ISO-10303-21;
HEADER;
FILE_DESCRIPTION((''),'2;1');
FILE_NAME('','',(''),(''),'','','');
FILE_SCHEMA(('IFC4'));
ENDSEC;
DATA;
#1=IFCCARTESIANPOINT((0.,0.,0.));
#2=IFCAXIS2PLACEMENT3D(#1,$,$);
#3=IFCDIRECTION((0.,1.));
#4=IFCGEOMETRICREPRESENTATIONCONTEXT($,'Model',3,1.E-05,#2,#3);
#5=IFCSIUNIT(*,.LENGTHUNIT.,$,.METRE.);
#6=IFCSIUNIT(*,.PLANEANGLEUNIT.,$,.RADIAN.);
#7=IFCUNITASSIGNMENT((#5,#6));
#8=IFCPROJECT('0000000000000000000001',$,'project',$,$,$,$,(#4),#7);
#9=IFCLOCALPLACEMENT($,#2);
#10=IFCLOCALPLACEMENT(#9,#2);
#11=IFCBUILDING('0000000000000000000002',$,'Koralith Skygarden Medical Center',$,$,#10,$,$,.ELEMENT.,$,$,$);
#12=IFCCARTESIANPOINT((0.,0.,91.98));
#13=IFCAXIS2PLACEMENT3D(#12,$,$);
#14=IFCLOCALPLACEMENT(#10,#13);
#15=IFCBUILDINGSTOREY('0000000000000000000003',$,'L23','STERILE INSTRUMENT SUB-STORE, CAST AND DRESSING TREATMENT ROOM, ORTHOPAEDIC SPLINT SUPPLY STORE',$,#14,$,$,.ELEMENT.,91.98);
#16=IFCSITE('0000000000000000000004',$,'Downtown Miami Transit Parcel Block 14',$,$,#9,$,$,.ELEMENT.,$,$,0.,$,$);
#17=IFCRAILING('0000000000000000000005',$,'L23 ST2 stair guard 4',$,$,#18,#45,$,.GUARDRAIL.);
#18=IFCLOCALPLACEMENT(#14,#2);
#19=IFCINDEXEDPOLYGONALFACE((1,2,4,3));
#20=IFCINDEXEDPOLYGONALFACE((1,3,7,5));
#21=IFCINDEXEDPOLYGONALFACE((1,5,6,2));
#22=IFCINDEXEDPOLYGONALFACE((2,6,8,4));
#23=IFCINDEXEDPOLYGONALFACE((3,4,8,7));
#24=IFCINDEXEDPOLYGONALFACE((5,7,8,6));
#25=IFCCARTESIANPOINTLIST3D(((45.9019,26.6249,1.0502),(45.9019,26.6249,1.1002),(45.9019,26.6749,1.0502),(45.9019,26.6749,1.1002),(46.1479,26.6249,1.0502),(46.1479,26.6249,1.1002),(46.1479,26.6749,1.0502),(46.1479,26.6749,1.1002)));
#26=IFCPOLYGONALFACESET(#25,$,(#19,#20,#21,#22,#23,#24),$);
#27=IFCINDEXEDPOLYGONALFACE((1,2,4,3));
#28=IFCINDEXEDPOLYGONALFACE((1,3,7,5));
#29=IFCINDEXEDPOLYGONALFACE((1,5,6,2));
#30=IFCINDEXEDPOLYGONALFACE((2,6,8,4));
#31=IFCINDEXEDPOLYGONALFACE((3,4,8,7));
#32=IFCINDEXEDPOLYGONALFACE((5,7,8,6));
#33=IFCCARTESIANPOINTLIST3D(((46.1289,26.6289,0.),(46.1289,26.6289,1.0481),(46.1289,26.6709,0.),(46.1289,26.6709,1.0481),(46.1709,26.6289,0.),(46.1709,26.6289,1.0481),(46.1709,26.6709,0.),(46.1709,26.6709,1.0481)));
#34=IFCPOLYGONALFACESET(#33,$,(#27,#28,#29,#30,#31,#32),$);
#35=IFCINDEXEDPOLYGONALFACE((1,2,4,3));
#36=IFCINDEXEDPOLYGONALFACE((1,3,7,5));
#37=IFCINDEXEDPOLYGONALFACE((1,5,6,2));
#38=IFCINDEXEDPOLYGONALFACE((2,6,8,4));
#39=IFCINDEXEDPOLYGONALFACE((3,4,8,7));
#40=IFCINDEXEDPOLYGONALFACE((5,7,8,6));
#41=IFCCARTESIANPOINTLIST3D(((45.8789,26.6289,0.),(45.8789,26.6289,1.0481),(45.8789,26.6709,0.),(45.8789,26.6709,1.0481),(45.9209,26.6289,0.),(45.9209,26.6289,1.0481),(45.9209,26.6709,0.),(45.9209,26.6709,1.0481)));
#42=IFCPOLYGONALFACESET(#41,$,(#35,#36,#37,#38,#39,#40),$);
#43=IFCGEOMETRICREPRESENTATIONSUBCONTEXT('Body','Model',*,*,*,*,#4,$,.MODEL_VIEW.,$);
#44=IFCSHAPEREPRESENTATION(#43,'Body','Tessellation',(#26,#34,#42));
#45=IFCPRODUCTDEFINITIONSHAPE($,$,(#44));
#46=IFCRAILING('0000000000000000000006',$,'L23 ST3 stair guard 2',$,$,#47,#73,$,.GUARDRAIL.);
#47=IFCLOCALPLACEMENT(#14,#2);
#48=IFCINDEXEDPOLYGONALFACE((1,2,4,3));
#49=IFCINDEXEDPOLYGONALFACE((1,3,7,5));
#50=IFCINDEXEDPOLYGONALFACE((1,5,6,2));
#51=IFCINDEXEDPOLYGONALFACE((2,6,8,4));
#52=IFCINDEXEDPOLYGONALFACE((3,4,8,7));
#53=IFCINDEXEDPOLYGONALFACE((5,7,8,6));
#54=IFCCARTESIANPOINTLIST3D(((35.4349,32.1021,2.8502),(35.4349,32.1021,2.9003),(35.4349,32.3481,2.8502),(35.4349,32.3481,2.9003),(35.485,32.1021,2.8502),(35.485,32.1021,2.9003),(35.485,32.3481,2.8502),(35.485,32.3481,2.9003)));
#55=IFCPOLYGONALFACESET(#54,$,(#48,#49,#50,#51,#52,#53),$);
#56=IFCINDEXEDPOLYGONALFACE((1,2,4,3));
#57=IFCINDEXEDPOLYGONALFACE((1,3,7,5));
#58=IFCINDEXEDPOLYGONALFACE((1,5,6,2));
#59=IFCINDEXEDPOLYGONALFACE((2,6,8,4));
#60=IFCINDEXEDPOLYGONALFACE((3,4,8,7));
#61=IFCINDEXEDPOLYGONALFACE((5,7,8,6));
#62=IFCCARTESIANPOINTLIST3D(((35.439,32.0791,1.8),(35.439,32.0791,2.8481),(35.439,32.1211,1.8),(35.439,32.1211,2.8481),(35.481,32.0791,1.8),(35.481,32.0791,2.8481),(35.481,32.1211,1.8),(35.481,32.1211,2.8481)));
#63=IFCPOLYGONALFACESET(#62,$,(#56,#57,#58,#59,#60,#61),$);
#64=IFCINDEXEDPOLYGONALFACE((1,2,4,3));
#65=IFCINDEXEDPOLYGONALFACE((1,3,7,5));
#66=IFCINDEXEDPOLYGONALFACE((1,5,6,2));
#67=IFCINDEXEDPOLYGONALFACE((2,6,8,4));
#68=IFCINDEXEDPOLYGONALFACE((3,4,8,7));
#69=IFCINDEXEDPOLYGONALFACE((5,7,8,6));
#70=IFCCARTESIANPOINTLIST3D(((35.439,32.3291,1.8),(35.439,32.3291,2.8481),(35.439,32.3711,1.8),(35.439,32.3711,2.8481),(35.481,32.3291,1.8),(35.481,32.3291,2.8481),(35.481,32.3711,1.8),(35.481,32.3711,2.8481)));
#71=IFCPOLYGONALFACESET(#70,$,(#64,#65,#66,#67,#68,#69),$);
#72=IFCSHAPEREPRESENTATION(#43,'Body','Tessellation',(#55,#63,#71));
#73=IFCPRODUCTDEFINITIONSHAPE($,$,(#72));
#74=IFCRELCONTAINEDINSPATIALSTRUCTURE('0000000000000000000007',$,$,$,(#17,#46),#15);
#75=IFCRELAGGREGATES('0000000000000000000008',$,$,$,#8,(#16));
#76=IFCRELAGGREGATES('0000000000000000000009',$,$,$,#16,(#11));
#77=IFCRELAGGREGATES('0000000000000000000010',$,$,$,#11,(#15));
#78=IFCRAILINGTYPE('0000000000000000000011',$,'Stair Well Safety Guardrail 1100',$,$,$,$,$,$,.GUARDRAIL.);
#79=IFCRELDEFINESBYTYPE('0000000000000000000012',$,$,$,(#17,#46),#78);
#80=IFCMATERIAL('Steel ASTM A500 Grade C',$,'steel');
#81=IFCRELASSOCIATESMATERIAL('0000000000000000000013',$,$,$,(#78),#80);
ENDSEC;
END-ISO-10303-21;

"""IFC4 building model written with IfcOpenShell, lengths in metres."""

from ifc_helpers import new_model, si_unit, direction, frame, origin, origin_2d, place, context, subcontext, project, spatial, rectangle, extrude, material, type_object, element, save


model = new_model("IFC4")

# Units and contexts
model_context = context("Model", 3, precision=1e-05, world=origin(), true_north=direction((0.0, 1.0)))
body_context = subcontext(model_context, "Body", "Model", "MODEL_VIEW")
ifc_project = project(units=[si_unit("LENGTHUNIT", "METRE"), si_unit("PLANEANGLEUNIT", "RADIAN")], contexts=[model_context])

# Site, building, storey
site_placement = place(None, origin())
site = spatial("IfcSite", under=ifc_project, at=site_placement, Name="Downtown Miami Transit Parcel Block 14", CompositionType="ELEMENT", RefElevation=0.0)
building_placement = place(site_placement, origin())
building = spatial("IfcBuilding", under=site, at=building_placement, Name="Koralith Skygarden Medical Center", CompositionType="ELEMENT")
storey_placement = place(building_placement, frame((0.0, 0.0, 91.98)))
storey = spatial("IfcBuildingStorey", under=building, at=storey_placement, Name="L23", Description="STERILE INSTRUMENT SUB-STORE, CAST AND DRESSING TREATMENT ROOM, ORTHOPAEDIC SPLINT SUPPLY STORE", CompositionType="ELEMENT", Elevation=91.98)

# Railings
ifc_material_1 = material(Name="Steel ASTM A500 Grade C", Category="steel")
railing_type_1 = type_object("IfcRailingType", Name="Stair Well Safety Guardrail 1100", PredefinedType="GUARDRAIL", material=ifc_material_1)
railing_1_placement = place(storey_placement, frame((46.1499, 26.6499, 0.0)))
element("IfcRailing", 1, at=railing_1_placement, inside=storey, type_object=railing_type_1, Name="L23 ST2 stair guard 4", PredefinedType="GUARDRAIL", context=body_context, shape_type="SweptSolid", body=[
    extrude(rectangle(XDim=0.05, YDim=0.05, at=origin_2d()), frame((-0.002, 0.0, 1.0752), z_axis=(-1.0, 0.0, 0.0), x_axis=(0.0, -1.0, 0.0)), (0.0, 0.0, 1.0), 0.2461),
    extrude(rectangle(XDim=0.042, YDim=0.042, at=origin_2d()), origin(), (0.0, 0.0, 1.0), 1.0481),
    extrude(rectangle(XDim=0.042, YDim=0.042, at=origin_2d()), frame((-0.25, 0.0, 0.0)), (0.0, 0.0, 1.0), 1.0481),
])
railing_2_placement = place(storey_placement, frame((35.46, 32.1001, 1.8)))
element("IfcRailing", 2, at=railing_2_placement, inside=storey, type_object=railing_type_1, Name="L23 ST3 stair guard 2", PredefinedType="GUARDRAIL", context=body_context, shape_type="SweptSolid", body=[
    extrude(rectangle(XDim=0.05, YDim=0.05, at=origin_2d()), frame((0.0, 0.002, 1.0752), z_axis=(0.0, 1.0, 0.0), x_axis=(-1.0, 0.0, 0.0)), (0.0, 0.0, 1.0), 0.2461),
    extrude(rectangle(XDim=0.042, YDim=0.042, at=origin_2d()), origin(), (0.0, 0.0, 1.0), 1.0481),
    extrude(rectangle(XDim=0.042, YDim=0.042, at=origin_2d()), frame((0.0, 0.25, 0.0)), (0.0, 0.0, 1.0), 1.0481),
])

save(model, "model.ifc")
